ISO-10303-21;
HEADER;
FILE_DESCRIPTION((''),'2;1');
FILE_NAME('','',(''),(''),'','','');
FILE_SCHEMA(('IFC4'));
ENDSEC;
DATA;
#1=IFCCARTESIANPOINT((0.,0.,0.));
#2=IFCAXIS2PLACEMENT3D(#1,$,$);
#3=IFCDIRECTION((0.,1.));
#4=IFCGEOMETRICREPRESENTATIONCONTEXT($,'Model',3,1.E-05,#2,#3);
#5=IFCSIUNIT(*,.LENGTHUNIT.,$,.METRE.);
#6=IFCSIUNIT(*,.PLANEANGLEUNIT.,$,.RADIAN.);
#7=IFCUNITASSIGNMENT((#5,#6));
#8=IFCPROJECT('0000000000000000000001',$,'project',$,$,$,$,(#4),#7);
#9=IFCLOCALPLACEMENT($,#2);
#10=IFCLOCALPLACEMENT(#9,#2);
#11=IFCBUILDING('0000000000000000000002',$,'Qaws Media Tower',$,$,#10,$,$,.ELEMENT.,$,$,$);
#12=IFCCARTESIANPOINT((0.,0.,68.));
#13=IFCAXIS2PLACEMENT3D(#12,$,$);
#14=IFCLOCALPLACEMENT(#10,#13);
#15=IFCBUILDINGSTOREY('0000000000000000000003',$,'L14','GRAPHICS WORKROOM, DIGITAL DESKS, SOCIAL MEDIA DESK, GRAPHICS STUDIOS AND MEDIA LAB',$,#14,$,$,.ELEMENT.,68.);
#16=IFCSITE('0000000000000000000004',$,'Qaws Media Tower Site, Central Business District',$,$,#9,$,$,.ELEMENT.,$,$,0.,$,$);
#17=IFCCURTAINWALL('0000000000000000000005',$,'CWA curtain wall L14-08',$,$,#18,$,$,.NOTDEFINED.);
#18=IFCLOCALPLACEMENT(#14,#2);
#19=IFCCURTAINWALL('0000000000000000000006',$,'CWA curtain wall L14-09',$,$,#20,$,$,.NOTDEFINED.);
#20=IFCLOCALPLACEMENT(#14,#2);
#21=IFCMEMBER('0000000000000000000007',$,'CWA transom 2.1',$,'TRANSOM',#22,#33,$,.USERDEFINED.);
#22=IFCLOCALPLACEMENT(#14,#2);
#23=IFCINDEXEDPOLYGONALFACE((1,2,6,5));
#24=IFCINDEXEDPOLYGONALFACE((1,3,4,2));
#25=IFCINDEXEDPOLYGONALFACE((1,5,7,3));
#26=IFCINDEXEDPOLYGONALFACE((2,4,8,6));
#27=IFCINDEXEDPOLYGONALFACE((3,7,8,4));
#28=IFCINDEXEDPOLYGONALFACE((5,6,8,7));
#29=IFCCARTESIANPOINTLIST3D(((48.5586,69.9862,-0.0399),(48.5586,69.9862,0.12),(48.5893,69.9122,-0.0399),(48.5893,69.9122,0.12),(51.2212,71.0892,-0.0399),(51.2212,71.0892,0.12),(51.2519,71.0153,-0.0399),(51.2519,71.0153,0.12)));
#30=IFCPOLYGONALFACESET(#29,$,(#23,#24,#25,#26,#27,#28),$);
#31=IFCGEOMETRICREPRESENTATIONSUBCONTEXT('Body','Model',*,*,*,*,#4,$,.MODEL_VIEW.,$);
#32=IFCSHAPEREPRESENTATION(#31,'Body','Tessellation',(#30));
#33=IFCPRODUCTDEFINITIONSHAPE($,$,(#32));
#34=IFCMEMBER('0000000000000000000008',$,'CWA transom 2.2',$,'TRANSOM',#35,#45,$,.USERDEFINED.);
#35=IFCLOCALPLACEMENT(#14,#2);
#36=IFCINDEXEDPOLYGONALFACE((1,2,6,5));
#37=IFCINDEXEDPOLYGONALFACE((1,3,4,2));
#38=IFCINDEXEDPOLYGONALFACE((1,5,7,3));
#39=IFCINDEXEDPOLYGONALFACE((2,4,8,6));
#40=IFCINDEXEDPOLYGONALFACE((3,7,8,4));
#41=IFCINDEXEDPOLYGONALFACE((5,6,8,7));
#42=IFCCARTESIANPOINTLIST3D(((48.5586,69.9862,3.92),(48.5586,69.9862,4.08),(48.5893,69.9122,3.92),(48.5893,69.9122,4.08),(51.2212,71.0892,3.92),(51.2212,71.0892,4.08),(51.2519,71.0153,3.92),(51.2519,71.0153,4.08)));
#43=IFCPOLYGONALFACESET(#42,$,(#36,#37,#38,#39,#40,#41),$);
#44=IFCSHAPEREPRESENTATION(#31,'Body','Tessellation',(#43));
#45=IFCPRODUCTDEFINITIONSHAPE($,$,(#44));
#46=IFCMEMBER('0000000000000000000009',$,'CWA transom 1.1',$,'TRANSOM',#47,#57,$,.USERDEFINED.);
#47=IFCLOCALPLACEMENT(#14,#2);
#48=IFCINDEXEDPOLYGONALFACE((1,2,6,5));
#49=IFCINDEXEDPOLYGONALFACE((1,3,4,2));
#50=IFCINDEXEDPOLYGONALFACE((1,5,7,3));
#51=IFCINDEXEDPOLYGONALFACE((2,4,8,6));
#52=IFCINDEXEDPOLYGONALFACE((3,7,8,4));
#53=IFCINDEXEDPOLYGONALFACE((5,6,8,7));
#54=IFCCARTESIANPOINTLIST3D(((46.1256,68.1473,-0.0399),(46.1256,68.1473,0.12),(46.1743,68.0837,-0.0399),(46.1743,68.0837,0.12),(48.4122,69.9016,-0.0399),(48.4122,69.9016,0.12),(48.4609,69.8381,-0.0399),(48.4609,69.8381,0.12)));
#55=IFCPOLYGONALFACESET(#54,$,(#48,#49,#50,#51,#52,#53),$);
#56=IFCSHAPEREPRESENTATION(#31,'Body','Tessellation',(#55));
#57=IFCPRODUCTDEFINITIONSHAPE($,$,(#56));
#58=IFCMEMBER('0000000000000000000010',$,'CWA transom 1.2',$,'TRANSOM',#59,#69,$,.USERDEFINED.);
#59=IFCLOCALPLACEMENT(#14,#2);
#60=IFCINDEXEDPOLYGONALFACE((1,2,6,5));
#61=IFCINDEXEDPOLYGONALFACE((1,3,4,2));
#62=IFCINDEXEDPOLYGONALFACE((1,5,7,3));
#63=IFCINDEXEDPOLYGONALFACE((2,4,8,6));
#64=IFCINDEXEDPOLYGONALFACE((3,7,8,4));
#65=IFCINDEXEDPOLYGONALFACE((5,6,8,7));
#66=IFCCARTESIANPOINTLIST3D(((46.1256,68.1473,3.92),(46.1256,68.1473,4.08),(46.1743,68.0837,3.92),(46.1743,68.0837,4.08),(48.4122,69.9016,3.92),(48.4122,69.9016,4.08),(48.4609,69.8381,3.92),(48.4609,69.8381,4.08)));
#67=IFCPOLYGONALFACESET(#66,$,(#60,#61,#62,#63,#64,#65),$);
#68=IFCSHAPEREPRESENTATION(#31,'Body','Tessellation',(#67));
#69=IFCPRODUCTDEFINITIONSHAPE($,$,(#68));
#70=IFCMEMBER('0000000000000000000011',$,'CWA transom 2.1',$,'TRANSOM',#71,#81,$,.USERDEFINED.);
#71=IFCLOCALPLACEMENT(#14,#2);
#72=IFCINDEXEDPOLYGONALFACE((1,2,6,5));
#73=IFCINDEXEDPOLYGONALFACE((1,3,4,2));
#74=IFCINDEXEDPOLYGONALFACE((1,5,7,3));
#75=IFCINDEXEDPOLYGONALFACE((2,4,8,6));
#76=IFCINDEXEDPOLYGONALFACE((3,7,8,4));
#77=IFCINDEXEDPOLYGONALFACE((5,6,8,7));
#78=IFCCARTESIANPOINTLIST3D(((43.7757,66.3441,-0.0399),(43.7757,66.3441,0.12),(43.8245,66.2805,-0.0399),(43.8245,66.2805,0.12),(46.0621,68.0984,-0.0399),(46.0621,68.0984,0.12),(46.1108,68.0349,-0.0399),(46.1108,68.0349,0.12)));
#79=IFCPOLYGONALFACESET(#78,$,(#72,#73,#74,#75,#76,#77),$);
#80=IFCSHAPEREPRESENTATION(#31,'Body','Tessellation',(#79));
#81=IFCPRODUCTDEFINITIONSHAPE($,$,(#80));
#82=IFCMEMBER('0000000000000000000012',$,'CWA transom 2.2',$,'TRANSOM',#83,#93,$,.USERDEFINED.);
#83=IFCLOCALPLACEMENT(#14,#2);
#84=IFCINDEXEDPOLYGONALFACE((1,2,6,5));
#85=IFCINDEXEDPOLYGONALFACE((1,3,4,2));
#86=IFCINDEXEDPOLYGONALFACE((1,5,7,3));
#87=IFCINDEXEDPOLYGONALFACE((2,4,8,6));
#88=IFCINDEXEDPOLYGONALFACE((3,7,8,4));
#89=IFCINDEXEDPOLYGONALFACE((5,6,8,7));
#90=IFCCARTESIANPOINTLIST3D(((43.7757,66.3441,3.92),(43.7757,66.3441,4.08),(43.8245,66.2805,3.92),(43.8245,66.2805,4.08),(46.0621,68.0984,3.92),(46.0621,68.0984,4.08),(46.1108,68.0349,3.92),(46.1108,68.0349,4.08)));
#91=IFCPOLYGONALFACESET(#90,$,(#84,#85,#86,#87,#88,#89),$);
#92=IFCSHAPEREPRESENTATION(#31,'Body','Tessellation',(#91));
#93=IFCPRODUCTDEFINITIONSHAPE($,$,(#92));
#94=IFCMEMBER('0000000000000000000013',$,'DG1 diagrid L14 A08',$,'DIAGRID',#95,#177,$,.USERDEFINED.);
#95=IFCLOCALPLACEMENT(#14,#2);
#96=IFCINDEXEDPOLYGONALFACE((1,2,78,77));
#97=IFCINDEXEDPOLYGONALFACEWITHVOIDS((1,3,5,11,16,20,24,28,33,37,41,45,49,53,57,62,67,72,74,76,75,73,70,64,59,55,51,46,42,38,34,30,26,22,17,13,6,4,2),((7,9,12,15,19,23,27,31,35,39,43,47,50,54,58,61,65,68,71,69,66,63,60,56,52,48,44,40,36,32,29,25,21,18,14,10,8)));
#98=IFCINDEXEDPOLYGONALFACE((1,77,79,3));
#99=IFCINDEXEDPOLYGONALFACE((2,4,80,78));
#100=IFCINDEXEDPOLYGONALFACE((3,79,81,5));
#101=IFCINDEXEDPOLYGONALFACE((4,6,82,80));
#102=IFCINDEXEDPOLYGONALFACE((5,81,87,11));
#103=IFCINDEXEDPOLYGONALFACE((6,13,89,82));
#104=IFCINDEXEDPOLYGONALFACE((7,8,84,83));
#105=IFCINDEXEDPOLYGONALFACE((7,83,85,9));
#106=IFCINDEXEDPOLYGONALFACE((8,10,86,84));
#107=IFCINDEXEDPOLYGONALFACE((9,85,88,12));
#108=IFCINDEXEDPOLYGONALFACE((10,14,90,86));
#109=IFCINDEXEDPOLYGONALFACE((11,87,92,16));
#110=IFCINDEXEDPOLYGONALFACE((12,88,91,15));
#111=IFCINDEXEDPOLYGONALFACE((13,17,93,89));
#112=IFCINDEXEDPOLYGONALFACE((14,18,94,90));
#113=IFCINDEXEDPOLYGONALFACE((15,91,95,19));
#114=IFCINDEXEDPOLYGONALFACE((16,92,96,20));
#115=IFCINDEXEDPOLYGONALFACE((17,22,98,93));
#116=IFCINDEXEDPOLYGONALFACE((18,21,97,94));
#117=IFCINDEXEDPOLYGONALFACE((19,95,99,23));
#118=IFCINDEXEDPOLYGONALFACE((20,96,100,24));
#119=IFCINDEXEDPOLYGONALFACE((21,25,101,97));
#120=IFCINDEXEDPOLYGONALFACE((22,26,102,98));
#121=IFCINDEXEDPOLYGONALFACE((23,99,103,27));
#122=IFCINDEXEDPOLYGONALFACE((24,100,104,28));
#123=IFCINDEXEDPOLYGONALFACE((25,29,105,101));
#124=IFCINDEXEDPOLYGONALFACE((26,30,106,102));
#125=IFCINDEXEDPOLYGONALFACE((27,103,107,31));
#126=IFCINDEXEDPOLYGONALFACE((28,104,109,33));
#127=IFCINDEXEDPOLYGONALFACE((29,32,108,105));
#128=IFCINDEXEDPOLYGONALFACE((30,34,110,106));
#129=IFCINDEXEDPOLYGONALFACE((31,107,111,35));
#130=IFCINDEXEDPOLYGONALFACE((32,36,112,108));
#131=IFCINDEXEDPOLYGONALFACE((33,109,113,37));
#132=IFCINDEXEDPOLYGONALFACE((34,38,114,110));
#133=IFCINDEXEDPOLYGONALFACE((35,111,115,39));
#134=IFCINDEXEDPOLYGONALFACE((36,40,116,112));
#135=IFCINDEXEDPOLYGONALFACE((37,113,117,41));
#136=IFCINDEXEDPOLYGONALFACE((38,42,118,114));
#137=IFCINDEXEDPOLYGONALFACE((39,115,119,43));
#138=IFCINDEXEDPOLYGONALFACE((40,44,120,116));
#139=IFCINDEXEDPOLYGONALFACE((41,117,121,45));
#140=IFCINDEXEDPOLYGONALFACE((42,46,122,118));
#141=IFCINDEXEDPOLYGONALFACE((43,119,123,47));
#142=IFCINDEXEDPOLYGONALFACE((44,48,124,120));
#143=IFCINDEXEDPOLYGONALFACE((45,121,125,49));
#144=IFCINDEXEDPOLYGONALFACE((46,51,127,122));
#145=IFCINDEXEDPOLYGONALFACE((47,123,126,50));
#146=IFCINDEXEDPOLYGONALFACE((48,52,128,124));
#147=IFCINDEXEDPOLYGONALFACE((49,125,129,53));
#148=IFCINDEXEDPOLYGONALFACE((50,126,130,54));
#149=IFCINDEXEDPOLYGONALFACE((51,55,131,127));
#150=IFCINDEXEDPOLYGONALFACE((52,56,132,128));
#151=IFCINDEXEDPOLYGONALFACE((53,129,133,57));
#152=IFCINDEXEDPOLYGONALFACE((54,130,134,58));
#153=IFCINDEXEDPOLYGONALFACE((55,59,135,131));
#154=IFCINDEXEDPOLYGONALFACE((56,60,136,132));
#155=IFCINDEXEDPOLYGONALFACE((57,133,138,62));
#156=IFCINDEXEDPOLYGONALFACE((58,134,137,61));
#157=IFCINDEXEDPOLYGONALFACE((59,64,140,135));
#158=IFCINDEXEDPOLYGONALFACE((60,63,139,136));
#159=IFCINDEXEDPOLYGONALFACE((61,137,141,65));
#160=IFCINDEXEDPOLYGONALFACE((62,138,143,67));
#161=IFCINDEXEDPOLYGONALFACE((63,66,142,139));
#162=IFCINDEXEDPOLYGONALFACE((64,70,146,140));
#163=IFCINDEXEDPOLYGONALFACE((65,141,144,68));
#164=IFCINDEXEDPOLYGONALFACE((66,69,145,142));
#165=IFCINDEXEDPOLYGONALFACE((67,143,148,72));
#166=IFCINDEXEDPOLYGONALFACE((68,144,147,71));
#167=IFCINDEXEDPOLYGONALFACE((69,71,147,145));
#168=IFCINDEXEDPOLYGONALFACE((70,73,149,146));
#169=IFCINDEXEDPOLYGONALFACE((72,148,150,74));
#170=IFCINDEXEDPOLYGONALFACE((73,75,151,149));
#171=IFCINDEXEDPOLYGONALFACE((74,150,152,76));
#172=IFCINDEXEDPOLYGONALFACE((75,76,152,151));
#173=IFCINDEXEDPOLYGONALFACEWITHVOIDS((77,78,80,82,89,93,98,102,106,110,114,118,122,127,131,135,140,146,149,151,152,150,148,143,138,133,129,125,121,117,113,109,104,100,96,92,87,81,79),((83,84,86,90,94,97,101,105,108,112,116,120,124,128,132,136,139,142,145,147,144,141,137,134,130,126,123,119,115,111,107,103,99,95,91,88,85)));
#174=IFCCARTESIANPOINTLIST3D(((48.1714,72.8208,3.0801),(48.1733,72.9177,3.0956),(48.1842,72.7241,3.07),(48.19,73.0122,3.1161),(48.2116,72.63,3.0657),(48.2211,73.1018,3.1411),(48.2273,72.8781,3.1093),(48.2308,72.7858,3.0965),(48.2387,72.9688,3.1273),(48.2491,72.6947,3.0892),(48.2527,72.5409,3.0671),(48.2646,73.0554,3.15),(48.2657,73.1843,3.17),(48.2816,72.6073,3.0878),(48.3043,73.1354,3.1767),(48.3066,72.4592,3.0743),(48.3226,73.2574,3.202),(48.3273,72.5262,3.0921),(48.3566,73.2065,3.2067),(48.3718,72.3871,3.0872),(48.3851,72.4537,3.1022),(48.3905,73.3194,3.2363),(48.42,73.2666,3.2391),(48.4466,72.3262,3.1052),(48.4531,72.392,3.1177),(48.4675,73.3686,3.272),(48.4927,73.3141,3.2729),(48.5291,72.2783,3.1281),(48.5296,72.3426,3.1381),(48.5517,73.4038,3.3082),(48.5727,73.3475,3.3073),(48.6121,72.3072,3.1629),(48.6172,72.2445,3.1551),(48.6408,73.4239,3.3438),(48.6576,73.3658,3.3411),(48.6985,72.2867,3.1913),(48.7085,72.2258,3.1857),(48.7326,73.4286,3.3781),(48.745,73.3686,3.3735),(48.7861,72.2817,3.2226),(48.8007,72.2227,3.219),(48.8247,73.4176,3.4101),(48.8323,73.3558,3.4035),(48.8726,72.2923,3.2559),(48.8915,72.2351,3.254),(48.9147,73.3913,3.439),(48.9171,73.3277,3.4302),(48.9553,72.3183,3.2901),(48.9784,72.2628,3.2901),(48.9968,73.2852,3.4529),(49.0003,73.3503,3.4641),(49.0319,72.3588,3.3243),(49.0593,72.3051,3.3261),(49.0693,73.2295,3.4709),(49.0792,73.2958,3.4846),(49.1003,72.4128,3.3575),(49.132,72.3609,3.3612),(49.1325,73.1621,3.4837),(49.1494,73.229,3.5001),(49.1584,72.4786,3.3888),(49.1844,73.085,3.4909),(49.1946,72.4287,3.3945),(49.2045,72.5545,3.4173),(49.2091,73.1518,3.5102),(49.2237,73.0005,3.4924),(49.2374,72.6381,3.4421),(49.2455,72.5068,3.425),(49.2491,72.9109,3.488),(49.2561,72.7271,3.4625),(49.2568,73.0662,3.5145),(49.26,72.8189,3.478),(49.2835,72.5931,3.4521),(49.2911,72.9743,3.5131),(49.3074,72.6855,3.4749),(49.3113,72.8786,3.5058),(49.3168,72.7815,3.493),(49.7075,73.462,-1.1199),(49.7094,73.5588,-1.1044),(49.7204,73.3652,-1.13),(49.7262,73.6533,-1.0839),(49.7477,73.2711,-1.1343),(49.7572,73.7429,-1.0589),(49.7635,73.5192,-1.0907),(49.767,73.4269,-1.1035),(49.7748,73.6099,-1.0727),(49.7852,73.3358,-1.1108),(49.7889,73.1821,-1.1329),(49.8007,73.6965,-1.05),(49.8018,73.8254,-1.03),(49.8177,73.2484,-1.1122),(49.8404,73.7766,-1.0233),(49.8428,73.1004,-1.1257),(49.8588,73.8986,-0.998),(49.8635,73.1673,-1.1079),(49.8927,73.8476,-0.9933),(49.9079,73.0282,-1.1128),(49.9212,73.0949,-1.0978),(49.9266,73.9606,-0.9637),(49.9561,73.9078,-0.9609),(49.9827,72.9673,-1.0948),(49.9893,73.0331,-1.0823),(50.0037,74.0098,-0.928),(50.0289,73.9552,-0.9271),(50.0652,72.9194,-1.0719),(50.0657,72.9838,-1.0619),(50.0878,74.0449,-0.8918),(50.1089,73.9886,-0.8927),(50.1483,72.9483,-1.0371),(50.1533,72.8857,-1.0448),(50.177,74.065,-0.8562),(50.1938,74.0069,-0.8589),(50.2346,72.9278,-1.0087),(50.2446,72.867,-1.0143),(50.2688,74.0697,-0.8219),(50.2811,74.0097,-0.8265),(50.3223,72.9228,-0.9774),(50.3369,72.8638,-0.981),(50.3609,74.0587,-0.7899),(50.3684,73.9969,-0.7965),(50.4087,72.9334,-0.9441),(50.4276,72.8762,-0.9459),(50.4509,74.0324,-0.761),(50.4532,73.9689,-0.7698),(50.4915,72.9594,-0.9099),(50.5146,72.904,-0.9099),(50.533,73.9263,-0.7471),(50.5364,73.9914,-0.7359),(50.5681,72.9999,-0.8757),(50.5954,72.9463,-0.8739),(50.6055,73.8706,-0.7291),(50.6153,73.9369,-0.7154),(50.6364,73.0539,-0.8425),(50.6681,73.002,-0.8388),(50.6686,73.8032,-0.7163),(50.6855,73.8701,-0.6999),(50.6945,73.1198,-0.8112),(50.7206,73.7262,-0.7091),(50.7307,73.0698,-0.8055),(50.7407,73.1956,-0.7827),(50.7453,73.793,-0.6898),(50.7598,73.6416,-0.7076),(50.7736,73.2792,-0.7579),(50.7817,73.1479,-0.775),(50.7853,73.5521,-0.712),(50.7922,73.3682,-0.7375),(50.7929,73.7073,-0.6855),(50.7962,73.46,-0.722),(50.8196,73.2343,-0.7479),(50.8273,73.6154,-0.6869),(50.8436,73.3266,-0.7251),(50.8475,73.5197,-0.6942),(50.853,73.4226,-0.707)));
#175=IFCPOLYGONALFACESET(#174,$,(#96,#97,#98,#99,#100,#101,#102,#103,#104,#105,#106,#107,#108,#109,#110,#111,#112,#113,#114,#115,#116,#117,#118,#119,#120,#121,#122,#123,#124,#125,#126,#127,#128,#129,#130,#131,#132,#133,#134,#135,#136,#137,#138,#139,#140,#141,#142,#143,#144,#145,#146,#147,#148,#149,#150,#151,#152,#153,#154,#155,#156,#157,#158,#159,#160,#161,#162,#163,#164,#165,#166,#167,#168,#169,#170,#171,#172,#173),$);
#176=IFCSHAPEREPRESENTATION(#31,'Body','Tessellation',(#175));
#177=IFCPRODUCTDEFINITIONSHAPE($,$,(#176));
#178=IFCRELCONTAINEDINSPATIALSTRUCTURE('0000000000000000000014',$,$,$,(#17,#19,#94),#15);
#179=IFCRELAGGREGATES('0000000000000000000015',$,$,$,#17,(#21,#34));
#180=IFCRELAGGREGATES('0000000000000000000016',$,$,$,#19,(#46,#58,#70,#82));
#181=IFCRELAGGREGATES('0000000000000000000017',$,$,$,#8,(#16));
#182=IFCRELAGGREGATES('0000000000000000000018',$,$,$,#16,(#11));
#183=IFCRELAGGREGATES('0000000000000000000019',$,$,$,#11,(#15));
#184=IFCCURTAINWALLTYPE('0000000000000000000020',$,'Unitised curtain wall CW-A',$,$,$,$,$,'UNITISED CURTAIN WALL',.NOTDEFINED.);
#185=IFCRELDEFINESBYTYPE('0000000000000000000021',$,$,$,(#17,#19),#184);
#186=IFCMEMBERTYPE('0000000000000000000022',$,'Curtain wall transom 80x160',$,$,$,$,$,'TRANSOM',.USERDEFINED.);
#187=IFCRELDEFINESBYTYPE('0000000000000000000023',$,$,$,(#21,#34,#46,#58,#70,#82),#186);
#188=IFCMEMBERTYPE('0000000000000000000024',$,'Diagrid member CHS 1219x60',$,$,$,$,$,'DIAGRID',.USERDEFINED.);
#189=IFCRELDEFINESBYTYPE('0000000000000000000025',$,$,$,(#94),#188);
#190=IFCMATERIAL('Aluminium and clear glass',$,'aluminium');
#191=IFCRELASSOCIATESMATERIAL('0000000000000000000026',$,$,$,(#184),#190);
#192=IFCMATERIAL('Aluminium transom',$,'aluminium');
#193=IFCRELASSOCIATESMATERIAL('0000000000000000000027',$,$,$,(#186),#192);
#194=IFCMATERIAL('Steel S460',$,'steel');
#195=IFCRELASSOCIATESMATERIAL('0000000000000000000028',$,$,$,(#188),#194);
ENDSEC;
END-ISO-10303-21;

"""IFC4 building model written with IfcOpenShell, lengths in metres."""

from ifc_helpers import new_model, si_unit, direction, frame, origin, origin_2d, place, context, subcontext, project, spatial, rectangle, hollow_circle, extrude, material, material_profile, profile_set, type_object, element, aggregate, save


model = new_model("IFC4")

# Units and contexts
model_context = context("Model", 3, precision=1e-05, world=origin(), true_north=direction((0.0, 1.0)))
body_context = subcontext(model_context, "Body", "Model", "MODEL_VIEW")
ifc_project = project(units=[si_unit("LENGTHUNIT", "METRE"), si_unit("PLANEANGLEUNIT", "RADIAN")], contexts=[model_context])

# Site, building, storey
site_placement = place(None, origin())
site = spatial("IfcSite", under=ifc_project, at=site_placement, Name="Qaws Media Tower Site, Central Business District", CompositionType="ELEMENT", RefElevation=0.0)
building_placement = place(site_placement, origin())
building = spatial("IfcBuilding", under=site, at=building_placement, Name="Qaws Media Tower", CompositionType="ELEMENT")
storey_placement = place(building_placement, frame((0.0, 0.0, 68.0)))
storey = spatial("IfcBuildingStorey", under=building, at=storey_placement, Name="L14", Description="GRAPHICS WORKROOM, DIGITAL DESKS, SOCIAL MEDIA DESK, GRAPHICS STUDIOS AND MEDIA LAB", CompositionType="ELEMENT", Elevation=68.0)

# Curtain walls
ifc_material_1 = material(Name="Aluminium and clear glass", Category="aluminium")
curtain_wall_type = type_object("IfcCurtainWallType", Name="Unitised curtain wall CW-A", ElementType="UNITISED CURTAIN WALL", PredefinedType="NOTDEFINED", material=ifc_material_1)
curtain_wall_1_placement = place(storey_placement, origin())
curtain_wall_1 = element("IfcCurtainWall", 1, at=curtain_wall_1_placement, inside=storey, type_object=curtain_wall_type, Name="CWA curtain wall L14-08", PredefinedType="NOTDEFINED")
curtain_wall_2_placement = place(storey_placement, origin())
curtain_wall_2 = element("IfcCurtainWall", 2, at=curtain_wall_2_placement, inside=storey, type_object=curtain_wall_type, Name="CWA curtain wall L14-09", PredefinedType="NOTDEFINED")

# Members
ifc_material_2 = material(Name="Aluminium transom", Category="aluminium")
ifc_material_profile_1 = material_profile(ifc_material_2, rectangle(XDim=0.0801, YDim=0.1599, at=origin_2d()), Name="80x160")
ifc_profile_set_1 = profile_set([ifc_material_profile_1], Name="Aluminium transom")
member_type_1 = type_object("IfcMemberType", Name="Curtain wall transom 80x160", ElementType="TRANSOM", PredefinedType="USERDEFINED", material=ifc_profile_set_1)
member_1_placement = place(storey_placement, frame((51.2366, 71.0522, 0.04), z_axis=(-0.923862, -0.382726, 0.0), x_axis=(0.382726, -0.923862, 0.0)))
member_1 = element("IfcMember", 3, at=member_1_placement, type_object=member_type_1, Name="CWA transom 2.1", ObjectType="TRANSOM", PredefinedType="USERDEFINED", context=body_context, shape_type="SweptSolid", body=[
    extrude(rectangle(XDim=0.0801, YDim=0.1599, at=origin_2d()), origin(), (0.0, 0.0, 1.0), 2.8821),
])
member_2_placement = place(storey_placement, frame((51.2366, 71.0522, 4.0), z_axis=(-0.923862, -0.382726, 0.0), x_axis=(0.382726, -0.923862, 0.0)))
member_2 = element("IfcMember", 4, at=member_2_placement, type_object=member_type_1, Name="CWA transom 2.2", ObjectType="TRANSOM", PredefinedType="USERDEFINED", context=body_context, shape_type="SweptSolid", body=[
    extrude(rectangle(XDim=0.0801, YDim=0.1599, at=origin_2d()), origin(), (0.0, 0.0, 1.0), 2.8821),
])
member_3_placement = place(storey_placement, frame((48.4365, 69.8699, 0.04), z_axis=(-0.793385, -0.60872, 0.0), x_axis=(0.60872, -0.793385, 0.0)))
member_3 = element("IfcMember", 5, at=member_3_placement, type_object=member_type_1, Name="CWA transom 1.1", ObjectType="TRANSOM", PredefinedType="USERDEFINED", context=body_context, shape_type="SweptSolid", body=[
    extrude(rectangle(XDim=0.0801, YDim=0.1599, at=origin_2d()), origin(), (0.0, 0.0, 1.0), 2.8821),
])
member_4_placement = place(storey_placement, frame((48.4365, 69.8699, 4.0), z_axis=(-0.793385, -0.60872, 0.0), x_axis=(0.60872, -0.793385, 0.0)))
member_4 = element("IfcMember", 6, at=member_4_placement, type_object=member_type_1, Name="CWA transom 1.2", ObjectType="TRANSOM", PredefinedType="USERDEFINED", context=body_context, shape_type="SweptSolid", body=[
    extrude(rectangle(XDim=0.0801, YDim=0.1599, at=origin_2d()), origin(), (0.0, 0.0, 1.0), 2.8821),
])
member_5_placement = place(storey_placement, frame((46.0864, 68.0667, 0.04), z_axis=(-0.793354, -0.608761, 0.0), x_axis=(0.608761, -0.793354, 0.0)))
member_5 = element("IfcMember", 7, at=member_5_placement, type_object=member_type_1, Name="CWA transom 2.1", ObjectType="TRANSOM", PredefinedType="USERDEFINED", context=body_context, shape_type="SweptSolid", body=[
    extrude(rectangle(XDim=0.0801, YDim=0.1599, at=origin_2d()), origin(), (0.0, 0.0, 1.0), 2.8818),
])
member_6_placement = place(storey_placement, frame((46.0864, 68.0667, 4.0), z_axis=(-0.793354, -0.608761, 0.0), x_axis=(0.608761, -0.793354, 0.0)))
member_6 = element("IfcMember", 8, at=member_6_placement, type_object=member_type_1, Name="CWA transom 2.2", ObjectType="TRANSOM", PredefinedType="USERDEFINED", context=body_context, shape_type="SweptSolid", body=[
    extrude(rectangle(XDim=0.0801, YDim=0.1599, at=origin_2d()), origin(), (0.0, 0.0, 1.0), 2.8818),
])

# Member
ifc_material_3 = material(Name="Steel S460", Category="steel")
ifc_material_profile_2 = material_profile(ifc_material_3, hollow_circle(Radius=0.6096, WallThickness=0.0601, at=origin_2d()), Name="CHS 1219x60")
ifc_profile_set_2 = profile_set([ifc_material_profile_2], Name="Steel S460")
member_type_2 = type_object("IfcMemberType", Name="Diagrid member CHS 1219x60", ElementType="DIAGRID", PredefinedType="USERDEFINED", material=ifc_profile_set_2)
for number, where, z_axis, x_axis, name in (
    (9, (50.2798, 73.4666, -0.9099), (-0.34002, -0.141909, 0.92965), (0.385157, -0.922851, 0.0), "DG1 diagrid L14 A08"),
):
    element("IfcMember", number, at=place(storey_placement, frame(where, z_axis=z_axis, x_axis=x_axis)), inside=storey, type_object=member_type_2, Name=name, ObjectType="DIAGRID", PredefinedType="USERDEFINED", context=body_context, shape_type="SweptSolid", body=[
        extrude(hollow_circle(Radius=0.6096, WallThickness=0.0601, at=origin_2d()), origin(), (0.0, 0.0, 1.0), 4.5178),
    ])

aggregate(curtain_wall_1, [member_1, member_2])
aggregate(curtain_wall_2, [member_3, member_4, member_5, member_6])

save(model, "model.ifc")
